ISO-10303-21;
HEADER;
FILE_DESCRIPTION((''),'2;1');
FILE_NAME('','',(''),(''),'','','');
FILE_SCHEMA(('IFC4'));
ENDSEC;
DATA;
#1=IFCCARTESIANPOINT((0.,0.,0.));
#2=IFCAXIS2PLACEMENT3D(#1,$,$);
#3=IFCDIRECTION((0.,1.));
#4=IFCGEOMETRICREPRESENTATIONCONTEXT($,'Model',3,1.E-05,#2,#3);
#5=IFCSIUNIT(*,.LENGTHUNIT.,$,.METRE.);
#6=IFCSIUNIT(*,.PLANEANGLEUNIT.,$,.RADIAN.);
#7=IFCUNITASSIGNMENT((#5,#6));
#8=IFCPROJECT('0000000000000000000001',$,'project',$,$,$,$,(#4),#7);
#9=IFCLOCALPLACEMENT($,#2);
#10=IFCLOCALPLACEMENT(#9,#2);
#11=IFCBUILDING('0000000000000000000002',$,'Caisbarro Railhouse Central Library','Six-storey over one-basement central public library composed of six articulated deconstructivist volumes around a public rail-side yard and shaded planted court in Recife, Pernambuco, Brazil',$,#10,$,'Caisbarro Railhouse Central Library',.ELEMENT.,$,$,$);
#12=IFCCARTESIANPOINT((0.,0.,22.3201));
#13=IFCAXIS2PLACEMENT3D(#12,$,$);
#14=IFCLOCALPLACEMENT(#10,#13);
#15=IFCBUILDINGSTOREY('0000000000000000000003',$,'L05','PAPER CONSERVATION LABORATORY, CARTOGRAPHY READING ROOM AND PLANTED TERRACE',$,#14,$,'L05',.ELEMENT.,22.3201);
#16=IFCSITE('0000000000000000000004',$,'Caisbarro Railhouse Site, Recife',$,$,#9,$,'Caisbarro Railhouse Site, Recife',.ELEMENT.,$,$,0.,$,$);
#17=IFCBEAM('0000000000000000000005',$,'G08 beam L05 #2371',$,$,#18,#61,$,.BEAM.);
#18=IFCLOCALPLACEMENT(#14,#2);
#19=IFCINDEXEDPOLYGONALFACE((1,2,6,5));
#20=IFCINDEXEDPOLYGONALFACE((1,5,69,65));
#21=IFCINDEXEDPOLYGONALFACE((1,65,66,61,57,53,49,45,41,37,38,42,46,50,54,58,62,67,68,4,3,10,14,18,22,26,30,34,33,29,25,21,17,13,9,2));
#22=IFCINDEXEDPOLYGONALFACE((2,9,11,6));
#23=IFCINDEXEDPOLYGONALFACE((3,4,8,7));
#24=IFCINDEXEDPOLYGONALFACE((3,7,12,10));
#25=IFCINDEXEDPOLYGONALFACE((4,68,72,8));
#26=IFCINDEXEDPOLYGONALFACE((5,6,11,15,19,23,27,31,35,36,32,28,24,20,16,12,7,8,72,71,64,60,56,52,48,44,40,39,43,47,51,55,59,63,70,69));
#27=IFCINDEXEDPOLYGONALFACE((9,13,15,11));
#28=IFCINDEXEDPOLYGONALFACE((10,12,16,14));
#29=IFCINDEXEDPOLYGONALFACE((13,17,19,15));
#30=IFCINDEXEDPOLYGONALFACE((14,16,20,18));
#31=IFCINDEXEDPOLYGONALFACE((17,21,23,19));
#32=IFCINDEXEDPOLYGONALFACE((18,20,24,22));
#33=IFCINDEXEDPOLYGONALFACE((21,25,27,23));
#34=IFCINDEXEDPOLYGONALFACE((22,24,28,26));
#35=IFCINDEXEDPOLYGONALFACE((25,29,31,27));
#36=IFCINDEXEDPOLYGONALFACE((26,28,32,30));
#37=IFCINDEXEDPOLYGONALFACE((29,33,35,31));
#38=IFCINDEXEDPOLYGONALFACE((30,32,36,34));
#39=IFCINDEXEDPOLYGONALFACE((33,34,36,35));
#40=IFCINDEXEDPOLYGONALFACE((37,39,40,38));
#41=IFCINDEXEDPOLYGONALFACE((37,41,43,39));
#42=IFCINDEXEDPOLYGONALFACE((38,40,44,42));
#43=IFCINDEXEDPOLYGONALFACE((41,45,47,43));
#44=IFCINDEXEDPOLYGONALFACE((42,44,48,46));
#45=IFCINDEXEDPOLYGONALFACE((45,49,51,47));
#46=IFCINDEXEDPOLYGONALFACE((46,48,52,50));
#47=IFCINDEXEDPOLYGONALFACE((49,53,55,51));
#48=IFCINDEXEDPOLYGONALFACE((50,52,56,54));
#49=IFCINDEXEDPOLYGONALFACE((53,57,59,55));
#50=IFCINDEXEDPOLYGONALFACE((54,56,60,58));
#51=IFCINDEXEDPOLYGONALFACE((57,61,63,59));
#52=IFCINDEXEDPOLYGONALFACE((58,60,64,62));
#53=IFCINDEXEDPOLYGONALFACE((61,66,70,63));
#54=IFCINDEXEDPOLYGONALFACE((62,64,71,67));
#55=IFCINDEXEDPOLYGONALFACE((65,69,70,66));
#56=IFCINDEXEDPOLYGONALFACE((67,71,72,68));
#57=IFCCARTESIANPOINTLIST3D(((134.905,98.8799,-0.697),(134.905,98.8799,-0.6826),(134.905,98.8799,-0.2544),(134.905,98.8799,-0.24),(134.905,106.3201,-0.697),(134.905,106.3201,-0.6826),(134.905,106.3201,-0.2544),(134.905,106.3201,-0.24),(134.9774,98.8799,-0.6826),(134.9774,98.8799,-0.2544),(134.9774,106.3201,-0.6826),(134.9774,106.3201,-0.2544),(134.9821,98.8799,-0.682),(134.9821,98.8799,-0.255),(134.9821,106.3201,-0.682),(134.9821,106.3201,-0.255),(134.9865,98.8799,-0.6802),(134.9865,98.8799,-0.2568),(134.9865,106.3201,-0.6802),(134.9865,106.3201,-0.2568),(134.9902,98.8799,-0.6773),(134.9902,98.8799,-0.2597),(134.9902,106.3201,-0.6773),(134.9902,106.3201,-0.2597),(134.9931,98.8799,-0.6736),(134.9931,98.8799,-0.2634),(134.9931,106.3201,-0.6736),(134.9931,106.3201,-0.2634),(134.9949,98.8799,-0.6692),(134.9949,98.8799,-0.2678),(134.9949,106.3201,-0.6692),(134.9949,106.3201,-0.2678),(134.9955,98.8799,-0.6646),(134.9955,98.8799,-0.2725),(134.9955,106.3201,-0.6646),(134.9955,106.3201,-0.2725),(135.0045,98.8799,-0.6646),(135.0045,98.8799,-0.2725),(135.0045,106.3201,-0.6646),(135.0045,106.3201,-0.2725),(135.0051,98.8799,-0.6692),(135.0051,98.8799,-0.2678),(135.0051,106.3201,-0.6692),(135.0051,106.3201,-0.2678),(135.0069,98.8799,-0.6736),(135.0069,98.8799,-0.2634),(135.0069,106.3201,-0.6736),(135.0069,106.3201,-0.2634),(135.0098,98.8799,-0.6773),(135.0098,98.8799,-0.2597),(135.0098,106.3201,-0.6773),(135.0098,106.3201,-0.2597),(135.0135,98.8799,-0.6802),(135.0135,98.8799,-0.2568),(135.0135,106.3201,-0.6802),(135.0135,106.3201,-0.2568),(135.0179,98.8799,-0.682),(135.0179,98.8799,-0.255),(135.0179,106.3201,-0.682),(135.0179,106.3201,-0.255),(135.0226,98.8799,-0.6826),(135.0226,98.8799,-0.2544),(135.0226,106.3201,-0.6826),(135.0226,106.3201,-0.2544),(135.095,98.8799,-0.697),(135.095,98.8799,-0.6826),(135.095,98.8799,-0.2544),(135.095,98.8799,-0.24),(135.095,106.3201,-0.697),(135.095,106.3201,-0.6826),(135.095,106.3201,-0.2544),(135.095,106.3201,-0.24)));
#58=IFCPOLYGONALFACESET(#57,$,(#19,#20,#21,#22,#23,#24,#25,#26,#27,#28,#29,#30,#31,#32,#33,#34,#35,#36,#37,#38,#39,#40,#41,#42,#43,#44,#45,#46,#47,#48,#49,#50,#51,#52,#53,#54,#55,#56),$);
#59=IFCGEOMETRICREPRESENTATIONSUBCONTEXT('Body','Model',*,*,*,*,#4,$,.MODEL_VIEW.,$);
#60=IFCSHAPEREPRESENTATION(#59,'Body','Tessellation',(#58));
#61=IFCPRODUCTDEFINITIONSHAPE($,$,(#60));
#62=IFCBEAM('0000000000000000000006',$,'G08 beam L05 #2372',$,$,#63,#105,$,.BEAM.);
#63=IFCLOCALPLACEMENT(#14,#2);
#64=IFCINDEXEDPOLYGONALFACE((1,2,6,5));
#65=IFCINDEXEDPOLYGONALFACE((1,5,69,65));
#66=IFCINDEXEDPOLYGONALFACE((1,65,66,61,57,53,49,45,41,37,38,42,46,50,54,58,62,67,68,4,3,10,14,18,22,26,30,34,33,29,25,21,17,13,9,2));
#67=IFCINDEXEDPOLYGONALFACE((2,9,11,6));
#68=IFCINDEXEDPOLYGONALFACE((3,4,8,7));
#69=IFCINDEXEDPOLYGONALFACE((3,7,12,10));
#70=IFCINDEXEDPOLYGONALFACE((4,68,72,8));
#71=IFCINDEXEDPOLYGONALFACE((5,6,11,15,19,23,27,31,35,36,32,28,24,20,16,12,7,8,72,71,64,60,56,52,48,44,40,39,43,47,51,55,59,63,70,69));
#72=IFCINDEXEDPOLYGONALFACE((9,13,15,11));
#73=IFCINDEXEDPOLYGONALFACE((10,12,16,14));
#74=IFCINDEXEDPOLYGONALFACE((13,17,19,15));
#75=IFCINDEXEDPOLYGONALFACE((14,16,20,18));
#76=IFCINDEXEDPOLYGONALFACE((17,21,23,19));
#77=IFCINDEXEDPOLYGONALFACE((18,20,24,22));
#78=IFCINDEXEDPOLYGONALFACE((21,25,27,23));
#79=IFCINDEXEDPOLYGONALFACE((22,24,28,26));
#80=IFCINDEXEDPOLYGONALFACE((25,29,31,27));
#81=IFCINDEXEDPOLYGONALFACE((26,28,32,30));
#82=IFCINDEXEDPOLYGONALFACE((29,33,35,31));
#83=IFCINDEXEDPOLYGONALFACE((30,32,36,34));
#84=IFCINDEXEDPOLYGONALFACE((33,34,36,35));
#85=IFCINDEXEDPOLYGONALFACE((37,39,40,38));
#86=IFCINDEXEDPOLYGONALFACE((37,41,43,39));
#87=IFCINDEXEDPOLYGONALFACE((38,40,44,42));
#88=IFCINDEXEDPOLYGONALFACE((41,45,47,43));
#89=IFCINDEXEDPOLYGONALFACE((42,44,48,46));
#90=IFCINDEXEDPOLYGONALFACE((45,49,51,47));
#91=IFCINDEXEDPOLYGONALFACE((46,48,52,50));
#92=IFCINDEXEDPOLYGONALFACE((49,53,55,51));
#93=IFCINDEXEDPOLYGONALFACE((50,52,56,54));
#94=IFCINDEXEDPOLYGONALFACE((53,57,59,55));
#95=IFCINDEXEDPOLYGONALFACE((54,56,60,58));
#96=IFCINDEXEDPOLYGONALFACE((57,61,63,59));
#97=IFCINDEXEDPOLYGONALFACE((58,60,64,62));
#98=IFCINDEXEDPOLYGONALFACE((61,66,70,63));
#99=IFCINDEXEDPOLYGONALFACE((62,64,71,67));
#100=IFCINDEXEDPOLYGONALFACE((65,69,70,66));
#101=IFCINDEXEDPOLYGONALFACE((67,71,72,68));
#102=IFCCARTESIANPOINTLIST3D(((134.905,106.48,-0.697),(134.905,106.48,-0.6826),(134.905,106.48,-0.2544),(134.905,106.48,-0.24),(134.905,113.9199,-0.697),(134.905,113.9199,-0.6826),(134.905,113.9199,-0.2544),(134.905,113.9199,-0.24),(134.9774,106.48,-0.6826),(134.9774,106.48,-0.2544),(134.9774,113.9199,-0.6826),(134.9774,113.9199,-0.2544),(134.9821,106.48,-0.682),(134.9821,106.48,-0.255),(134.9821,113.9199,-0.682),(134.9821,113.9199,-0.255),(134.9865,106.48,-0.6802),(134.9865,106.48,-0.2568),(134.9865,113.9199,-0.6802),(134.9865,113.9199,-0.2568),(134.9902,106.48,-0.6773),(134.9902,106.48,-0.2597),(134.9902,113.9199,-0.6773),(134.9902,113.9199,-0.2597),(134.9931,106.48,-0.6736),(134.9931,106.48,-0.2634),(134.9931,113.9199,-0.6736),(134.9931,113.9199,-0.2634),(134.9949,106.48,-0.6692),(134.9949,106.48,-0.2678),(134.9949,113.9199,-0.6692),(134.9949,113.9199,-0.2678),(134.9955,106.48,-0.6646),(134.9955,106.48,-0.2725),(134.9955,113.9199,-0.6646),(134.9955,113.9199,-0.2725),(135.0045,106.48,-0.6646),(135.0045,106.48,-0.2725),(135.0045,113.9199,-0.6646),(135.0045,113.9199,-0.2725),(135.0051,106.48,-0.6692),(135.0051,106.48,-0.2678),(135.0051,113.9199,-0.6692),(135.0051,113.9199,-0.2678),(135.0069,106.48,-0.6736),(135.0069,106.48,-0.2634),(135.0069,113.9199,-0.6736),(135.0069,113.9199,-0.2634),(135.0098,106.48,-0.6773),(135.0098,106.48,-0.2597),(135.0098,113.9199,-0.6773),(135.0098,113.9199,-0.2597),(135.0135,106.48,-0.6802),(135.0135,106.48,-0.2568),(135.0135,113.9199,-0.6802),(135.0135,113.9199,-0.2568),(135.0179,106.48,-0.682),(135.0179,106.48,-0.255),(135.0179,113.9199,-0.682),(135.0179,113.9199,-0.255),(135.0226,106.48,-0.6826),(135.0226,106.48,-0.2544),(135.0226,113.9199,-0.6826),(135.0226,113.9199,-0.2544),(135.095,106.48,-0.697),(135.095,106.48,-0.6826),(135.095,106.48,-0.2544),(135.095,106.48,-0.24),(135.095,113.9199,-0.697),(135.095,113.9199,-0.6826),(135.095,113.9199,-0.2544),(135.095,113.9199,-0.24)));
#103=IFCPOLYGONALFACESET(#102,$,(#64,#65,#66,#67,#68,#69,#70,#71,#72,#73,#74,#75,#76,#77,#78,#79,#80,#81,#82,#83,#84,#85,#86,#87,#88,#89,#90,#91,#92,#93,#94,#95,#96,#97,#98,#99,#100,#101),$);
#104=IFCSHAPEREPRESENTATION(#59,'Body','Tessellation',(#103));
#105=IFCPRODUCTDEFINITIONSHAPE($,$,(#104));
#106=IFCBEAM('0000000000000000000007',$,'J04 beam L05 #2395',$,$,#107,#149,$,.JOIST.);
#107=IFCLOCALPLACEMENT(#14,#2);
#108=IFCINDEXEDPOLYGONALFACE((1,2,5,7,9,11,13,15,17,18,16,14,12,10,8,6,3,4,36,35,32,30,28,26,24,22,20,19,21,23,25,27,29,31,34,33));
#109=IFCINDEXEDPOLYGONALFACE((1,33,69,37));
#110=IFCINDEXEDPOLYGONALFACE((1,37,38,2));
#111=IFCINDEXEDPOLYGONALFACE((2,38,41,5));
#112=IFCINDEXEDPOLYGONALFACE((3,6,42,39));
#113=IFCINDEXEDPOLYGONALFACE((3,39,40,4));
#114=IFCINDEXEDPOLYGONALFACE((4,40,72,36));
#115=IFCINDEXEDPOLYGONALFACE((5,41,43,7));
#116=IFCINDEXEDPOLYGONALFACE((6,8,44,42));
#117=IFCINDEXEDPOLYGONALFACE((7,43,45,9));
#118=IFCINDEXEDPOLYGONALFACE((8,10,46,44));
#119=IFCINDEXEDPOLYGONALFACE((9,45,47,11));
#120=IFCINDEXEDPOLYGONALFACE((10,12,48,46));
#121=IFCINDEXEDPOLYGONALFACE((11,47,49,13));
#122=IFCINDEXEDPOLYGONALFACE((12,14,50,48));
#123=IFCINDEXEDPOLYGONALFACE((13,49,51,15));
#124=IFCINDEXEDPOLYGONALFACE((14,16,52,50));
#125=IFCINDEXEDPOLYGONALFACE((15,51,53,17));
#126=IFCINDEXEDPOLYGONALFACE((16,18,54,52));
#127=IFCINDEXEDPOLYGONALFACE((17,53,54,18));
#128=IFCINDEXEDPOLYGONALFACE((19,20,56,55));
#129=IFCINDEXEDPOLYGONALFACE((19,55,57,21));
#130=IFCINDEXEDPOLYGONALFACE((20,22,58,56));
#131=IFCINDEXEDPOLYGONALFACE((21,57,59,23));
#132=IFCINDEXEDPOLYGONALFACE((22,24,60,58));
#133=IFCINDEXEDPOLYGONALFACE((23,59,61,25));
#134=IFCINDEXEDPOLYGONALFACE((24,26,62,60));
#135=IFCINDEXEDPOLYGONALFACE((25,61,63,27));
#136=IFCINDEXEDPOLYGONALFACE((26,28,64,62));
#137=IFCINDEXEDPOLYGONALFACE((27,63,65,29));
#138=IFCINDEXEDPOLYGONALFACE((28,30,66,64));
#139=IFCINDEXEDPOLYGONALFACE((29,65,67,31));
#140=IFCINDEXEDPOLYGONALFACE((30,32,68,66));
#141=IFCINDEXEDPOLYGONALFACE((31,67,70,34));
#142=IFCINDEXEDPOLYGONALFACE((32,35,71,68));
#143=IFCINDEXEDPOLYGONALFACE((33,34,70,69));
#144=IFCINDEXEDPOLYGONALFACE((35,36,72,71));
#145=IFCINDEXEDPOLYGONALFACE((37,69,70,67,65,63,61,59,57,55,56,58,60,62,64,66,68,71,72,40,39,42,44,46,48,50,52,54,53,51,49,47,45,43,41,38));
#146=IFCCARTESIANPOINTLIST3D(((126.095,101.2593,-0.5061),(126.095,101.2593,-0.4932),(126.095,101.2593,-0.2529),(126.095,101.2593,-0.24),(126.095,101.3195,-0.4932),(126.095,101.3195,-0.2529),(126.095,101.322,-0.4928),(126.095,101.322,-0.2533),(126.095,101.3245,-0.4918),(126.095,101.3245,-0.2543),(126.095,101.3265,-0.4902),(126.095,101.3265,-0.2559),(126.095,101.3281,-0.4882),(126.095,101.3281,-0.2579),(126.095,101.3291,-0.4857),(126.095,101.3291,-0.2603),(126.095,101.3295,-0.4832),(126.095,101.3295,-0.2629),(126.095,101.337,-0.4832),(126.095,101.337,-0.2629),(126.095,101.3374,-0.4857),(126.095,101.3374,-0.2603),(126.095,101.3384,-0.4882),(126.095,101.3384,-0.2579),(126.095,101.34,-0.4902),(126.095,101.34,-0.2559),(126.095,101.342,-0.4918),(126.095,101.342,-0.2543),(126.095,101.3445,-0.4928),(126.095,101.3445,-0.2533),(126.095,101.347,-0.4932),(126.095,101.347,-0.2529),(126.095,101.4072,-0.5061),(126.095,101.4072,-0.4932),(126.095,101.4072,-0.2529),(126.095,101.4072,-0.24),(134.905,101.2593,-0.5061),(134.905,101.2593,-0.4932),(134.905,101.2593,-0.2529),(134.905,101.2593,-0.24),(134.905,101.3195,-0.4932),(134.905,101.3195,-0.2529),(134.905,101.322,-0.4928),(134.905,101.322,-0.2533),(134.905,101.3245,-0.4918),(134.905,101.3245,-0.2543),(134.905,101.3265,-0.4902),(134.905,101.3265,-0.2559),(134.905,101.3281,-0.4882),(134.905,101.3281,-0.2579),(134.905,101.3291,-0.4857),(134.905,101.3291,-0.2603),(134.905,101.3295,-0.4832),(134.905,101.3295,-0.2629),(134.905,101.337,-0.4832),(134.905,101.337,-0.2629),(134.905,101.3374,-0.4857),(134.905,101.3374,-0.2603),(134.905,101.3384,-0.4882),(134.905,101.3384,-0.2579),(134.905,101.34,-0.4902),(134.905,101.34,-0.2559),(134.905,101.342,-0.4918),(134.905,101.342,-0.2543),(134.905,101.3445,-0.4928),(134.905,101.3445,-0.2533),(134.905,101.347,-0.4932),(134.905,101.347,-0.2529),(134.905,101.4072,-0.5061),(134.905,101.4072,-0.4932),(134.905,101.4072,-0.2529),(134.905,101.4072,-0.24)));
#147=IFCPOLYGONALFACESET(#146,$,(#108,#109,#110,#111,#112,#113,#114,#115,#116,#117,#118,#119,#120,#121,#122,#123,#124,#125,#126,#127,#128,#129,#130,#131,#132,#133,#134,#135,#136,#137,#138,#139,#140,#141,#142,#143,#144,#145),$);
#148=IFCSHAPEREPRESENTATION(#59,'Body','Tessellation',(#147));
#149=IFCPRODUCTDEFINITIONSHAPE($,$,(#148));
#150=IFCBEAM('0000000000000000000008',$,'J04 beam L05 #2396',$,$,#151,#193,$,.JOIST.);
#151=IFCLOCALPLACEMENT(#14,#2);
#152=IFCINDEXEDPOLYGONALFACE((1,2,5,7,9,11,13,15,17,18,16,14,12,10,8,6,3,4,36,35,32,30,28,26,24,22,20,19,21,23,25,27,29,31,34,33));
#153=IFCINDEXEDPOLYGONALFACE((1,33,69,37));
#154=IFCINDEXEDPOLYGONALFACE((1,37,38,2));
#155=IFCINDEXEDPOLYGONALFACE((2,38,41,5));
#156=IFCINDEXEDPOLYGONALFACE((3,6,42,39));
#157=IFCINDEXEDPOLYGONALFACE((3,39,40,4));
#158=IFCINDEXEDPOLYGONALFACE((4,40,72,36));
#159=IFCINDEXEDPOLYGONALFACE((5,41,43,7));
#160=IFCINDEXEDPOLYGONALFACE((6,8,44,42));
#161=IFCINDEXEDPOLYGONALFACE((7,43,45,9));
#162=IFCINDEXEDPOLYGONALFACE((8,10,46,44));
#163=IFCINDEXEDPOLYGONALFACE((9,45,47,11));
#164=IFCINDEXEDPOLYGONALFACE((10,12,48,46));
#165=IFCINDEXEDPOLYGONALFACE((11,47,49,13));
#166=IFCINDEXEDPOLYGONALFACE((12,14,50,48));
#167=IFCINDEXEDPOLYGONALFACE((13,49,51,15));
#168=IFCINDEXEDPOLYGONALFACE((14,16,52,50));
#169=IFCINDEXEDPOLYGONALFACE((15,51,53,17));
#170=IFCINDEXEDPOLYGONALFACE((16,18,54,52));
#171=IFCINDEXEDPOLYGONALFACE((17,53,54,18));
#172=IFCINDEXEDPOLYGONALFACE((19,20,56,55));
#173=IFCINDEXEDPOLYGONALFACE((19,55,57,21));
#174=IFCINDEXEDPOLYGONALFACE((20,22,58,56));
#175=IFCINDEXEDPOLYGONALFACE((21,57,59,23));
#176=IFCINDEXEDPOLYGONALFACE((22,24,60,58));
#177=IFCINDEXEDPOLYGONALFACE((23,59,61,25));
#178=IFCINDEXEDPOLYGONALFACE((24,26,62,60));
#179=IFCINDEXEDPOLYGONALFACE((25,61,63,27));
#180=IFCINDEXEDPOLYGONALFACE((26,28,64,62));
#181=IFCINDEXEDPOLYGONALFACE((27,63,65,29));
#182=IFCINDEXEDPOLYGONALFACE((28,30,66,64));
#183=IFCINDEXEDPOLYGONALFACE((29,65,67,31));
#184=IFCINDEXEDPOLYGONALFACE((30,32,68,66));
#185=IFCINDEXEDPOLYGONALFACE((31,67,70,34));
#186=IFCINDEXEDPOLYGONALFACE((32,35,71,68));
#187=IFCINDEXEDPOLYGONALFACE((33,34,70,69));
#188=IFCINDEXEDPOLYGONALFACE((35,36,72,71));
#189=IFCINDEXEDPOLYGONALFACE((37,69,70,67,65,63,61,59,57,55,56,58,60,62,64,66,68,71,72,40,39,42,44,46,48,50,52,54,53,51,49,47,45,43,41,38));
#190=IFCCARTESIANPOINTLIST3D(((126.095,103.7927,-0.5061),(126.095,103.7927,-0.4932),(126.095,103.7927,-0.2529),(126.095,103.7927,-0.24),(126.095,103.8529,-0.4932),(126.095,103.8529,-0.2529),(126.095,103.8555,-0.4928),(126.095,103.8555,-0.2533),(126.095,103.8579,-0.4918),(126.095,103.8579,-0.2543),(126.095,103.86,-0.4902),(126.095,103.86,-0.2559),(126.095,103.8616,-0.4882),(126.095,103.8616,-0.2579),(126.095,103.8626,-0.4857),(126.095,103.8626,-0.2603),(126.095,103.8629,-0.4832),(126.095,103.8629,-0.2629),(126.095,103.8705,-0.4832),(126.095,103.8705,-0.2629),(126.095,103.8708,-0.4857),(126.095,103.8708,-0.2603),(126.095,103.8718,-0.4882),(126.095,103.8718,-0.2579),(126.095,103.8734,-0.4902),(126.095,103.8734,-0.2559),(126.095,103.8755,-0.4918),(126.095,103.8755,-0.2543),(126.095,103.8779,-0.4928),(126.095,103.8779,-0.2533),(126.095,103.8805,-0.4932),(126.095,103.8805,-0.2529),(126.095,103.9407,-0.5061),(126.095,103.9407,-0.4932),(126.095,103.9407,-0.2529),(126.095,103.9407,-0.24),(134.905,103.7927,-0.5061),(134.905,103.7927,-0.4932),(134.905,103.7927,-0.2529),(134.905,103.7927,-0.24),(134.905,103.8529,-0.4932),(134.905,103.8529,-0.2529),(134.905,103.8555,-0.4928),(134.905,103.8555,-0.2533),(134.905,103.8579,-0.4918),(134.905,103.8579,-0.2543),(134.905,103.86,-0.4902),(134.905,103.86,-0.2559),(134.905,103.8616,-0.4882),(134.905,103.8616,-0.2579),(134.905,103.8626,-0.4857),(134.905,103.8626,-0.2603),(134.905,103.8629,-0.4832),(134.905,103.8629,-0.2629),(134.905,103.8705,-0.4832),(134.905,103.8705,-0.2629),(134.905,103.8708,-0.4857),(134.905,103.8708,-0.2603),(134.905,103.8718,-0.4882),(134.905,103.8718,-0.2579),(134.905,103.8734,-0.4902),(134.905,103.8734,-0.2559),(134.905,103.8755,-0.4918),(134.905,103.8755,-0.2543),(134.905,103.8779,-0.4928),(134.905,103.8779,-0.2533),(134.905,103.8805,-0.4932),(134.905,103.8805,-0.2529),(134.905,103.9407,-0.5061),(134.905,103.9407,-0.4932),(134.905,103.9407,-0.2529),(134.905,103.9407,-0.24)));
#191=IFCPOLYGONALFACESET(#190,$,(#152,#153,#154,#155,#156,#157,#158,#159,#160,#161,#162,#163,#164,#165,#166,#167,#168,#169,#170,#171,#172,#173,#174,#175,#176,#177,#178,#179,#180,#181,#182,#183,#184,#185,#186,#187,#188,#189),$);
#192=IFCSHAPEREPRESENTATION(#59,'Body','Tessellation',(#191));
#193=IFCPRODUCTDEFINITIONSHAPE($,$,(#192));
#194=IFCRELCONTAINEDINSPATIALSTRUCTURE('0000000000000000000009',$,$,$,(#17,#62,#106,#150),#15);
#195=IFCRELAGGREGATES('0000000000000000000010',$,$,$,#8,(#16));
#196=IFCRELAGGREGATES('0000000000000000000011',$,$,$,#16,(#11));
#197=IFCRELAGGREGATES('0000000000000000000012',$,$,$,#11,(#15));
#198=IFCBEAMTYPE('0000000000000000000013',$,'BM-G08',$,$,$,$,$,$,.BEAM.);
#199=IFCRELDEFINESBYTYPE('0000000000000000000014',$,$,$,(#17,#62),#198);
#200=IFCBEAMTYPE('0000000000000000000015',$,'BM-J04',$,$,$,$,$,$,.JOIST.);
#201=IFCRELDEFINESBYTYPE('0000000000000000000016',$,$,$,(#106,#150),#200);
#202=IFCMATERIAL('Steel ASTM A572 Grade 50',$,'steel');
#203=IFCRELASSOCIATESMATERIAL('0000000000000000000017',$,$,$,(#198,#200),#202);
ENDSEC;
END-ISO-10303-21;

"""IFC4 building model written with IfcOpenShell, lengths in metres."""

from ifc_helpers import new_model, si_unit, direction, frame, origin, origin_2d, place, context, subcontext, project, spatial, i_section, extrude, material, material_profile, profile_set, type_object, element, save


model = new_model("IFC4")

# Units and contexts
model_context = context("Model", 3, precision=1e-05, world=origin(), true_north=direction((0.0, 1.0)))
body_context = subcontext(model_context, "Body", "Model", "MODEL_VIEW")
ifc_project = project(units=[si_unit("LENGTHUNIT", "METRE"), si_unit("PLANEANGLEUNIT", "RADIAN")], contexts=[model_context])

# Site, building, storey
site_placement = place(None, origin())
site = spatial("IfcSite", under=ifc_project, at=site_placement, Name="Caisbarro Railhouse Site, Recife", LongName="Caisbarro Railhouse Site, Recife", CompositionType="ELEMENT", RefElevation=0.0)
building_placement = place(site_placement, origin())
building = spatial("IfcBuilding", under=site, at=building_placement, Name="Caisbarro Railhouse Central Library", Description="Six-storey over one-basement central public library composed of six articulated deconstructivist volumes around a public rail-side yard and shaded planted court in Recife, Pernambuco, Brazil", LongName="Caisbarro Railhouse Central Library", CompositionType="ELEMENT")
storey_placement = place(building_placement, frame((0.0, 0.0, 22.3201)))
storey = spatial("IfcBuildingStorey", under=building, at=storey_placement, Name="L05", Description="PAPER CONSERVATION LABORATORY, CARTOGRAPHY READING ROOM AND PLANTED TERRACE", LongName="L05", CompositionType="ELEMENT", Elevation=22.3201)

# Beams
ifc_material_1 = material(Name="Steel ASTM A572 Grade 50", Category="steel")
ifc_material_profile_1 = material_profile(ifc_material_1, i_section(OverallWidth=0.1899, OverallDepth=0.457, WebThickness=0.009, FlangeThickness=0.0144, FilletRadius=0.0181, at=origin_2d()), Name="W460X74.0")
ifc_profile_set_1 = profile_set([ifc_material_profile_1], Name="Steel ASTM A572 Grade 50")
beam_type_1 = type_object("IfcBeamType", Name="BM-G08", PredefinedType="BEAM", material=ifc_profile_set_1)
beam_1_placement = place(storey_placement, frame((135.0, 98.8799, -0.4685), z_axis=(0.0, 1.0, 0.0), x_axis=(-1.0, 0.0, 0.0)))
element("IfcBeam", 1, at=beam_1_placement, inside=storey, type_object=beam_type_1, Name="G08 beam L05 #2371", PredefinedType="BEAM", context=body_context, shape_type="SweptSolid", body=[
    extrude(i_section(OverallWidth=0.1899, OverallDepth=0.457, WebThickness=0.009, FlangeThickness=0.0144, FilletRadius=0.0181, at=origin_2d()), origin(), (0.0, 0.0, 1.0), 7.4402),
])
beam_2_placement = place(storey_placement, frame((135.0, 106.48, -0.4685), z_axis=(0.0, 1.0, 0.0), x_axis=(-1.0, 0.0, 0.0)))
element("IfcBeam", 2, at=beam_2_placement, inside=storey, type_object=beam_type_1, Name="G08 beam L05 #2372", PredefinedType="BEAM", context=body_context, shape_type="SweptSolid", body=[
    extrude(i_section(OverallWidth=0.1899, OverallDepth=0.457, WebThickness=0.009, FlangeThickness=0.0144, FilletRadius=0.0181, at=origin_2d()), origin(), (0.0, 0.0, 1.0), 7.4399),
])
ifc_material_profile_2 = material_profile(ifc_material_1, i_section(OverallWidth=0.1479, OverallDepth=0.2661, WebThickness=0.0076, FlangeThickness=0.0129, FilletRadius=0.01, at=origin_2d()), Name="W250X44.8")
ifc_profile_set_2 = profile_set([ifc_material_profile_2], Name="Steel ASTM A572 Grade 50")
beam_type_2 = type_object("IfcBeamType", Name="BM-J04", PredefinedType="JOIST", material=ifc_profile_set_2)
for number, where, z_axis, x_axis, name in (
    (3, (126.095, 101.3333, -0.373), (1.0, 0.0, 0.0), (0.0, 1.0, 0.0), "J04 beam L05 #2395"),
    (4, (126.095, 103.8667, -0.373), (1.0, 0.0, 0.0), (0.0, 1.0, 0.0), "J04 beam L05 #2396"),
):
    element("IfcBeam", number, at=place(storey_placement, frame(where, z_axis=z_axis, x_axis=x_axis)), inside=storey, type_object=beam_type_2, Name=name, PredefinedType="JOIST", context=body_context, shape_type="SweptSolid", body=[
        extrude(i_section(OverallWidth=0.1479, OverallDepth=0.2661, WebThickness=0.0076, FlangeThickness=0.0129, FilletRadius=0.01, at=origin_2d()), origin(), (0.0, 0.0, 1.0), 8.8101),
    ])

save(model, "model.ifc")
